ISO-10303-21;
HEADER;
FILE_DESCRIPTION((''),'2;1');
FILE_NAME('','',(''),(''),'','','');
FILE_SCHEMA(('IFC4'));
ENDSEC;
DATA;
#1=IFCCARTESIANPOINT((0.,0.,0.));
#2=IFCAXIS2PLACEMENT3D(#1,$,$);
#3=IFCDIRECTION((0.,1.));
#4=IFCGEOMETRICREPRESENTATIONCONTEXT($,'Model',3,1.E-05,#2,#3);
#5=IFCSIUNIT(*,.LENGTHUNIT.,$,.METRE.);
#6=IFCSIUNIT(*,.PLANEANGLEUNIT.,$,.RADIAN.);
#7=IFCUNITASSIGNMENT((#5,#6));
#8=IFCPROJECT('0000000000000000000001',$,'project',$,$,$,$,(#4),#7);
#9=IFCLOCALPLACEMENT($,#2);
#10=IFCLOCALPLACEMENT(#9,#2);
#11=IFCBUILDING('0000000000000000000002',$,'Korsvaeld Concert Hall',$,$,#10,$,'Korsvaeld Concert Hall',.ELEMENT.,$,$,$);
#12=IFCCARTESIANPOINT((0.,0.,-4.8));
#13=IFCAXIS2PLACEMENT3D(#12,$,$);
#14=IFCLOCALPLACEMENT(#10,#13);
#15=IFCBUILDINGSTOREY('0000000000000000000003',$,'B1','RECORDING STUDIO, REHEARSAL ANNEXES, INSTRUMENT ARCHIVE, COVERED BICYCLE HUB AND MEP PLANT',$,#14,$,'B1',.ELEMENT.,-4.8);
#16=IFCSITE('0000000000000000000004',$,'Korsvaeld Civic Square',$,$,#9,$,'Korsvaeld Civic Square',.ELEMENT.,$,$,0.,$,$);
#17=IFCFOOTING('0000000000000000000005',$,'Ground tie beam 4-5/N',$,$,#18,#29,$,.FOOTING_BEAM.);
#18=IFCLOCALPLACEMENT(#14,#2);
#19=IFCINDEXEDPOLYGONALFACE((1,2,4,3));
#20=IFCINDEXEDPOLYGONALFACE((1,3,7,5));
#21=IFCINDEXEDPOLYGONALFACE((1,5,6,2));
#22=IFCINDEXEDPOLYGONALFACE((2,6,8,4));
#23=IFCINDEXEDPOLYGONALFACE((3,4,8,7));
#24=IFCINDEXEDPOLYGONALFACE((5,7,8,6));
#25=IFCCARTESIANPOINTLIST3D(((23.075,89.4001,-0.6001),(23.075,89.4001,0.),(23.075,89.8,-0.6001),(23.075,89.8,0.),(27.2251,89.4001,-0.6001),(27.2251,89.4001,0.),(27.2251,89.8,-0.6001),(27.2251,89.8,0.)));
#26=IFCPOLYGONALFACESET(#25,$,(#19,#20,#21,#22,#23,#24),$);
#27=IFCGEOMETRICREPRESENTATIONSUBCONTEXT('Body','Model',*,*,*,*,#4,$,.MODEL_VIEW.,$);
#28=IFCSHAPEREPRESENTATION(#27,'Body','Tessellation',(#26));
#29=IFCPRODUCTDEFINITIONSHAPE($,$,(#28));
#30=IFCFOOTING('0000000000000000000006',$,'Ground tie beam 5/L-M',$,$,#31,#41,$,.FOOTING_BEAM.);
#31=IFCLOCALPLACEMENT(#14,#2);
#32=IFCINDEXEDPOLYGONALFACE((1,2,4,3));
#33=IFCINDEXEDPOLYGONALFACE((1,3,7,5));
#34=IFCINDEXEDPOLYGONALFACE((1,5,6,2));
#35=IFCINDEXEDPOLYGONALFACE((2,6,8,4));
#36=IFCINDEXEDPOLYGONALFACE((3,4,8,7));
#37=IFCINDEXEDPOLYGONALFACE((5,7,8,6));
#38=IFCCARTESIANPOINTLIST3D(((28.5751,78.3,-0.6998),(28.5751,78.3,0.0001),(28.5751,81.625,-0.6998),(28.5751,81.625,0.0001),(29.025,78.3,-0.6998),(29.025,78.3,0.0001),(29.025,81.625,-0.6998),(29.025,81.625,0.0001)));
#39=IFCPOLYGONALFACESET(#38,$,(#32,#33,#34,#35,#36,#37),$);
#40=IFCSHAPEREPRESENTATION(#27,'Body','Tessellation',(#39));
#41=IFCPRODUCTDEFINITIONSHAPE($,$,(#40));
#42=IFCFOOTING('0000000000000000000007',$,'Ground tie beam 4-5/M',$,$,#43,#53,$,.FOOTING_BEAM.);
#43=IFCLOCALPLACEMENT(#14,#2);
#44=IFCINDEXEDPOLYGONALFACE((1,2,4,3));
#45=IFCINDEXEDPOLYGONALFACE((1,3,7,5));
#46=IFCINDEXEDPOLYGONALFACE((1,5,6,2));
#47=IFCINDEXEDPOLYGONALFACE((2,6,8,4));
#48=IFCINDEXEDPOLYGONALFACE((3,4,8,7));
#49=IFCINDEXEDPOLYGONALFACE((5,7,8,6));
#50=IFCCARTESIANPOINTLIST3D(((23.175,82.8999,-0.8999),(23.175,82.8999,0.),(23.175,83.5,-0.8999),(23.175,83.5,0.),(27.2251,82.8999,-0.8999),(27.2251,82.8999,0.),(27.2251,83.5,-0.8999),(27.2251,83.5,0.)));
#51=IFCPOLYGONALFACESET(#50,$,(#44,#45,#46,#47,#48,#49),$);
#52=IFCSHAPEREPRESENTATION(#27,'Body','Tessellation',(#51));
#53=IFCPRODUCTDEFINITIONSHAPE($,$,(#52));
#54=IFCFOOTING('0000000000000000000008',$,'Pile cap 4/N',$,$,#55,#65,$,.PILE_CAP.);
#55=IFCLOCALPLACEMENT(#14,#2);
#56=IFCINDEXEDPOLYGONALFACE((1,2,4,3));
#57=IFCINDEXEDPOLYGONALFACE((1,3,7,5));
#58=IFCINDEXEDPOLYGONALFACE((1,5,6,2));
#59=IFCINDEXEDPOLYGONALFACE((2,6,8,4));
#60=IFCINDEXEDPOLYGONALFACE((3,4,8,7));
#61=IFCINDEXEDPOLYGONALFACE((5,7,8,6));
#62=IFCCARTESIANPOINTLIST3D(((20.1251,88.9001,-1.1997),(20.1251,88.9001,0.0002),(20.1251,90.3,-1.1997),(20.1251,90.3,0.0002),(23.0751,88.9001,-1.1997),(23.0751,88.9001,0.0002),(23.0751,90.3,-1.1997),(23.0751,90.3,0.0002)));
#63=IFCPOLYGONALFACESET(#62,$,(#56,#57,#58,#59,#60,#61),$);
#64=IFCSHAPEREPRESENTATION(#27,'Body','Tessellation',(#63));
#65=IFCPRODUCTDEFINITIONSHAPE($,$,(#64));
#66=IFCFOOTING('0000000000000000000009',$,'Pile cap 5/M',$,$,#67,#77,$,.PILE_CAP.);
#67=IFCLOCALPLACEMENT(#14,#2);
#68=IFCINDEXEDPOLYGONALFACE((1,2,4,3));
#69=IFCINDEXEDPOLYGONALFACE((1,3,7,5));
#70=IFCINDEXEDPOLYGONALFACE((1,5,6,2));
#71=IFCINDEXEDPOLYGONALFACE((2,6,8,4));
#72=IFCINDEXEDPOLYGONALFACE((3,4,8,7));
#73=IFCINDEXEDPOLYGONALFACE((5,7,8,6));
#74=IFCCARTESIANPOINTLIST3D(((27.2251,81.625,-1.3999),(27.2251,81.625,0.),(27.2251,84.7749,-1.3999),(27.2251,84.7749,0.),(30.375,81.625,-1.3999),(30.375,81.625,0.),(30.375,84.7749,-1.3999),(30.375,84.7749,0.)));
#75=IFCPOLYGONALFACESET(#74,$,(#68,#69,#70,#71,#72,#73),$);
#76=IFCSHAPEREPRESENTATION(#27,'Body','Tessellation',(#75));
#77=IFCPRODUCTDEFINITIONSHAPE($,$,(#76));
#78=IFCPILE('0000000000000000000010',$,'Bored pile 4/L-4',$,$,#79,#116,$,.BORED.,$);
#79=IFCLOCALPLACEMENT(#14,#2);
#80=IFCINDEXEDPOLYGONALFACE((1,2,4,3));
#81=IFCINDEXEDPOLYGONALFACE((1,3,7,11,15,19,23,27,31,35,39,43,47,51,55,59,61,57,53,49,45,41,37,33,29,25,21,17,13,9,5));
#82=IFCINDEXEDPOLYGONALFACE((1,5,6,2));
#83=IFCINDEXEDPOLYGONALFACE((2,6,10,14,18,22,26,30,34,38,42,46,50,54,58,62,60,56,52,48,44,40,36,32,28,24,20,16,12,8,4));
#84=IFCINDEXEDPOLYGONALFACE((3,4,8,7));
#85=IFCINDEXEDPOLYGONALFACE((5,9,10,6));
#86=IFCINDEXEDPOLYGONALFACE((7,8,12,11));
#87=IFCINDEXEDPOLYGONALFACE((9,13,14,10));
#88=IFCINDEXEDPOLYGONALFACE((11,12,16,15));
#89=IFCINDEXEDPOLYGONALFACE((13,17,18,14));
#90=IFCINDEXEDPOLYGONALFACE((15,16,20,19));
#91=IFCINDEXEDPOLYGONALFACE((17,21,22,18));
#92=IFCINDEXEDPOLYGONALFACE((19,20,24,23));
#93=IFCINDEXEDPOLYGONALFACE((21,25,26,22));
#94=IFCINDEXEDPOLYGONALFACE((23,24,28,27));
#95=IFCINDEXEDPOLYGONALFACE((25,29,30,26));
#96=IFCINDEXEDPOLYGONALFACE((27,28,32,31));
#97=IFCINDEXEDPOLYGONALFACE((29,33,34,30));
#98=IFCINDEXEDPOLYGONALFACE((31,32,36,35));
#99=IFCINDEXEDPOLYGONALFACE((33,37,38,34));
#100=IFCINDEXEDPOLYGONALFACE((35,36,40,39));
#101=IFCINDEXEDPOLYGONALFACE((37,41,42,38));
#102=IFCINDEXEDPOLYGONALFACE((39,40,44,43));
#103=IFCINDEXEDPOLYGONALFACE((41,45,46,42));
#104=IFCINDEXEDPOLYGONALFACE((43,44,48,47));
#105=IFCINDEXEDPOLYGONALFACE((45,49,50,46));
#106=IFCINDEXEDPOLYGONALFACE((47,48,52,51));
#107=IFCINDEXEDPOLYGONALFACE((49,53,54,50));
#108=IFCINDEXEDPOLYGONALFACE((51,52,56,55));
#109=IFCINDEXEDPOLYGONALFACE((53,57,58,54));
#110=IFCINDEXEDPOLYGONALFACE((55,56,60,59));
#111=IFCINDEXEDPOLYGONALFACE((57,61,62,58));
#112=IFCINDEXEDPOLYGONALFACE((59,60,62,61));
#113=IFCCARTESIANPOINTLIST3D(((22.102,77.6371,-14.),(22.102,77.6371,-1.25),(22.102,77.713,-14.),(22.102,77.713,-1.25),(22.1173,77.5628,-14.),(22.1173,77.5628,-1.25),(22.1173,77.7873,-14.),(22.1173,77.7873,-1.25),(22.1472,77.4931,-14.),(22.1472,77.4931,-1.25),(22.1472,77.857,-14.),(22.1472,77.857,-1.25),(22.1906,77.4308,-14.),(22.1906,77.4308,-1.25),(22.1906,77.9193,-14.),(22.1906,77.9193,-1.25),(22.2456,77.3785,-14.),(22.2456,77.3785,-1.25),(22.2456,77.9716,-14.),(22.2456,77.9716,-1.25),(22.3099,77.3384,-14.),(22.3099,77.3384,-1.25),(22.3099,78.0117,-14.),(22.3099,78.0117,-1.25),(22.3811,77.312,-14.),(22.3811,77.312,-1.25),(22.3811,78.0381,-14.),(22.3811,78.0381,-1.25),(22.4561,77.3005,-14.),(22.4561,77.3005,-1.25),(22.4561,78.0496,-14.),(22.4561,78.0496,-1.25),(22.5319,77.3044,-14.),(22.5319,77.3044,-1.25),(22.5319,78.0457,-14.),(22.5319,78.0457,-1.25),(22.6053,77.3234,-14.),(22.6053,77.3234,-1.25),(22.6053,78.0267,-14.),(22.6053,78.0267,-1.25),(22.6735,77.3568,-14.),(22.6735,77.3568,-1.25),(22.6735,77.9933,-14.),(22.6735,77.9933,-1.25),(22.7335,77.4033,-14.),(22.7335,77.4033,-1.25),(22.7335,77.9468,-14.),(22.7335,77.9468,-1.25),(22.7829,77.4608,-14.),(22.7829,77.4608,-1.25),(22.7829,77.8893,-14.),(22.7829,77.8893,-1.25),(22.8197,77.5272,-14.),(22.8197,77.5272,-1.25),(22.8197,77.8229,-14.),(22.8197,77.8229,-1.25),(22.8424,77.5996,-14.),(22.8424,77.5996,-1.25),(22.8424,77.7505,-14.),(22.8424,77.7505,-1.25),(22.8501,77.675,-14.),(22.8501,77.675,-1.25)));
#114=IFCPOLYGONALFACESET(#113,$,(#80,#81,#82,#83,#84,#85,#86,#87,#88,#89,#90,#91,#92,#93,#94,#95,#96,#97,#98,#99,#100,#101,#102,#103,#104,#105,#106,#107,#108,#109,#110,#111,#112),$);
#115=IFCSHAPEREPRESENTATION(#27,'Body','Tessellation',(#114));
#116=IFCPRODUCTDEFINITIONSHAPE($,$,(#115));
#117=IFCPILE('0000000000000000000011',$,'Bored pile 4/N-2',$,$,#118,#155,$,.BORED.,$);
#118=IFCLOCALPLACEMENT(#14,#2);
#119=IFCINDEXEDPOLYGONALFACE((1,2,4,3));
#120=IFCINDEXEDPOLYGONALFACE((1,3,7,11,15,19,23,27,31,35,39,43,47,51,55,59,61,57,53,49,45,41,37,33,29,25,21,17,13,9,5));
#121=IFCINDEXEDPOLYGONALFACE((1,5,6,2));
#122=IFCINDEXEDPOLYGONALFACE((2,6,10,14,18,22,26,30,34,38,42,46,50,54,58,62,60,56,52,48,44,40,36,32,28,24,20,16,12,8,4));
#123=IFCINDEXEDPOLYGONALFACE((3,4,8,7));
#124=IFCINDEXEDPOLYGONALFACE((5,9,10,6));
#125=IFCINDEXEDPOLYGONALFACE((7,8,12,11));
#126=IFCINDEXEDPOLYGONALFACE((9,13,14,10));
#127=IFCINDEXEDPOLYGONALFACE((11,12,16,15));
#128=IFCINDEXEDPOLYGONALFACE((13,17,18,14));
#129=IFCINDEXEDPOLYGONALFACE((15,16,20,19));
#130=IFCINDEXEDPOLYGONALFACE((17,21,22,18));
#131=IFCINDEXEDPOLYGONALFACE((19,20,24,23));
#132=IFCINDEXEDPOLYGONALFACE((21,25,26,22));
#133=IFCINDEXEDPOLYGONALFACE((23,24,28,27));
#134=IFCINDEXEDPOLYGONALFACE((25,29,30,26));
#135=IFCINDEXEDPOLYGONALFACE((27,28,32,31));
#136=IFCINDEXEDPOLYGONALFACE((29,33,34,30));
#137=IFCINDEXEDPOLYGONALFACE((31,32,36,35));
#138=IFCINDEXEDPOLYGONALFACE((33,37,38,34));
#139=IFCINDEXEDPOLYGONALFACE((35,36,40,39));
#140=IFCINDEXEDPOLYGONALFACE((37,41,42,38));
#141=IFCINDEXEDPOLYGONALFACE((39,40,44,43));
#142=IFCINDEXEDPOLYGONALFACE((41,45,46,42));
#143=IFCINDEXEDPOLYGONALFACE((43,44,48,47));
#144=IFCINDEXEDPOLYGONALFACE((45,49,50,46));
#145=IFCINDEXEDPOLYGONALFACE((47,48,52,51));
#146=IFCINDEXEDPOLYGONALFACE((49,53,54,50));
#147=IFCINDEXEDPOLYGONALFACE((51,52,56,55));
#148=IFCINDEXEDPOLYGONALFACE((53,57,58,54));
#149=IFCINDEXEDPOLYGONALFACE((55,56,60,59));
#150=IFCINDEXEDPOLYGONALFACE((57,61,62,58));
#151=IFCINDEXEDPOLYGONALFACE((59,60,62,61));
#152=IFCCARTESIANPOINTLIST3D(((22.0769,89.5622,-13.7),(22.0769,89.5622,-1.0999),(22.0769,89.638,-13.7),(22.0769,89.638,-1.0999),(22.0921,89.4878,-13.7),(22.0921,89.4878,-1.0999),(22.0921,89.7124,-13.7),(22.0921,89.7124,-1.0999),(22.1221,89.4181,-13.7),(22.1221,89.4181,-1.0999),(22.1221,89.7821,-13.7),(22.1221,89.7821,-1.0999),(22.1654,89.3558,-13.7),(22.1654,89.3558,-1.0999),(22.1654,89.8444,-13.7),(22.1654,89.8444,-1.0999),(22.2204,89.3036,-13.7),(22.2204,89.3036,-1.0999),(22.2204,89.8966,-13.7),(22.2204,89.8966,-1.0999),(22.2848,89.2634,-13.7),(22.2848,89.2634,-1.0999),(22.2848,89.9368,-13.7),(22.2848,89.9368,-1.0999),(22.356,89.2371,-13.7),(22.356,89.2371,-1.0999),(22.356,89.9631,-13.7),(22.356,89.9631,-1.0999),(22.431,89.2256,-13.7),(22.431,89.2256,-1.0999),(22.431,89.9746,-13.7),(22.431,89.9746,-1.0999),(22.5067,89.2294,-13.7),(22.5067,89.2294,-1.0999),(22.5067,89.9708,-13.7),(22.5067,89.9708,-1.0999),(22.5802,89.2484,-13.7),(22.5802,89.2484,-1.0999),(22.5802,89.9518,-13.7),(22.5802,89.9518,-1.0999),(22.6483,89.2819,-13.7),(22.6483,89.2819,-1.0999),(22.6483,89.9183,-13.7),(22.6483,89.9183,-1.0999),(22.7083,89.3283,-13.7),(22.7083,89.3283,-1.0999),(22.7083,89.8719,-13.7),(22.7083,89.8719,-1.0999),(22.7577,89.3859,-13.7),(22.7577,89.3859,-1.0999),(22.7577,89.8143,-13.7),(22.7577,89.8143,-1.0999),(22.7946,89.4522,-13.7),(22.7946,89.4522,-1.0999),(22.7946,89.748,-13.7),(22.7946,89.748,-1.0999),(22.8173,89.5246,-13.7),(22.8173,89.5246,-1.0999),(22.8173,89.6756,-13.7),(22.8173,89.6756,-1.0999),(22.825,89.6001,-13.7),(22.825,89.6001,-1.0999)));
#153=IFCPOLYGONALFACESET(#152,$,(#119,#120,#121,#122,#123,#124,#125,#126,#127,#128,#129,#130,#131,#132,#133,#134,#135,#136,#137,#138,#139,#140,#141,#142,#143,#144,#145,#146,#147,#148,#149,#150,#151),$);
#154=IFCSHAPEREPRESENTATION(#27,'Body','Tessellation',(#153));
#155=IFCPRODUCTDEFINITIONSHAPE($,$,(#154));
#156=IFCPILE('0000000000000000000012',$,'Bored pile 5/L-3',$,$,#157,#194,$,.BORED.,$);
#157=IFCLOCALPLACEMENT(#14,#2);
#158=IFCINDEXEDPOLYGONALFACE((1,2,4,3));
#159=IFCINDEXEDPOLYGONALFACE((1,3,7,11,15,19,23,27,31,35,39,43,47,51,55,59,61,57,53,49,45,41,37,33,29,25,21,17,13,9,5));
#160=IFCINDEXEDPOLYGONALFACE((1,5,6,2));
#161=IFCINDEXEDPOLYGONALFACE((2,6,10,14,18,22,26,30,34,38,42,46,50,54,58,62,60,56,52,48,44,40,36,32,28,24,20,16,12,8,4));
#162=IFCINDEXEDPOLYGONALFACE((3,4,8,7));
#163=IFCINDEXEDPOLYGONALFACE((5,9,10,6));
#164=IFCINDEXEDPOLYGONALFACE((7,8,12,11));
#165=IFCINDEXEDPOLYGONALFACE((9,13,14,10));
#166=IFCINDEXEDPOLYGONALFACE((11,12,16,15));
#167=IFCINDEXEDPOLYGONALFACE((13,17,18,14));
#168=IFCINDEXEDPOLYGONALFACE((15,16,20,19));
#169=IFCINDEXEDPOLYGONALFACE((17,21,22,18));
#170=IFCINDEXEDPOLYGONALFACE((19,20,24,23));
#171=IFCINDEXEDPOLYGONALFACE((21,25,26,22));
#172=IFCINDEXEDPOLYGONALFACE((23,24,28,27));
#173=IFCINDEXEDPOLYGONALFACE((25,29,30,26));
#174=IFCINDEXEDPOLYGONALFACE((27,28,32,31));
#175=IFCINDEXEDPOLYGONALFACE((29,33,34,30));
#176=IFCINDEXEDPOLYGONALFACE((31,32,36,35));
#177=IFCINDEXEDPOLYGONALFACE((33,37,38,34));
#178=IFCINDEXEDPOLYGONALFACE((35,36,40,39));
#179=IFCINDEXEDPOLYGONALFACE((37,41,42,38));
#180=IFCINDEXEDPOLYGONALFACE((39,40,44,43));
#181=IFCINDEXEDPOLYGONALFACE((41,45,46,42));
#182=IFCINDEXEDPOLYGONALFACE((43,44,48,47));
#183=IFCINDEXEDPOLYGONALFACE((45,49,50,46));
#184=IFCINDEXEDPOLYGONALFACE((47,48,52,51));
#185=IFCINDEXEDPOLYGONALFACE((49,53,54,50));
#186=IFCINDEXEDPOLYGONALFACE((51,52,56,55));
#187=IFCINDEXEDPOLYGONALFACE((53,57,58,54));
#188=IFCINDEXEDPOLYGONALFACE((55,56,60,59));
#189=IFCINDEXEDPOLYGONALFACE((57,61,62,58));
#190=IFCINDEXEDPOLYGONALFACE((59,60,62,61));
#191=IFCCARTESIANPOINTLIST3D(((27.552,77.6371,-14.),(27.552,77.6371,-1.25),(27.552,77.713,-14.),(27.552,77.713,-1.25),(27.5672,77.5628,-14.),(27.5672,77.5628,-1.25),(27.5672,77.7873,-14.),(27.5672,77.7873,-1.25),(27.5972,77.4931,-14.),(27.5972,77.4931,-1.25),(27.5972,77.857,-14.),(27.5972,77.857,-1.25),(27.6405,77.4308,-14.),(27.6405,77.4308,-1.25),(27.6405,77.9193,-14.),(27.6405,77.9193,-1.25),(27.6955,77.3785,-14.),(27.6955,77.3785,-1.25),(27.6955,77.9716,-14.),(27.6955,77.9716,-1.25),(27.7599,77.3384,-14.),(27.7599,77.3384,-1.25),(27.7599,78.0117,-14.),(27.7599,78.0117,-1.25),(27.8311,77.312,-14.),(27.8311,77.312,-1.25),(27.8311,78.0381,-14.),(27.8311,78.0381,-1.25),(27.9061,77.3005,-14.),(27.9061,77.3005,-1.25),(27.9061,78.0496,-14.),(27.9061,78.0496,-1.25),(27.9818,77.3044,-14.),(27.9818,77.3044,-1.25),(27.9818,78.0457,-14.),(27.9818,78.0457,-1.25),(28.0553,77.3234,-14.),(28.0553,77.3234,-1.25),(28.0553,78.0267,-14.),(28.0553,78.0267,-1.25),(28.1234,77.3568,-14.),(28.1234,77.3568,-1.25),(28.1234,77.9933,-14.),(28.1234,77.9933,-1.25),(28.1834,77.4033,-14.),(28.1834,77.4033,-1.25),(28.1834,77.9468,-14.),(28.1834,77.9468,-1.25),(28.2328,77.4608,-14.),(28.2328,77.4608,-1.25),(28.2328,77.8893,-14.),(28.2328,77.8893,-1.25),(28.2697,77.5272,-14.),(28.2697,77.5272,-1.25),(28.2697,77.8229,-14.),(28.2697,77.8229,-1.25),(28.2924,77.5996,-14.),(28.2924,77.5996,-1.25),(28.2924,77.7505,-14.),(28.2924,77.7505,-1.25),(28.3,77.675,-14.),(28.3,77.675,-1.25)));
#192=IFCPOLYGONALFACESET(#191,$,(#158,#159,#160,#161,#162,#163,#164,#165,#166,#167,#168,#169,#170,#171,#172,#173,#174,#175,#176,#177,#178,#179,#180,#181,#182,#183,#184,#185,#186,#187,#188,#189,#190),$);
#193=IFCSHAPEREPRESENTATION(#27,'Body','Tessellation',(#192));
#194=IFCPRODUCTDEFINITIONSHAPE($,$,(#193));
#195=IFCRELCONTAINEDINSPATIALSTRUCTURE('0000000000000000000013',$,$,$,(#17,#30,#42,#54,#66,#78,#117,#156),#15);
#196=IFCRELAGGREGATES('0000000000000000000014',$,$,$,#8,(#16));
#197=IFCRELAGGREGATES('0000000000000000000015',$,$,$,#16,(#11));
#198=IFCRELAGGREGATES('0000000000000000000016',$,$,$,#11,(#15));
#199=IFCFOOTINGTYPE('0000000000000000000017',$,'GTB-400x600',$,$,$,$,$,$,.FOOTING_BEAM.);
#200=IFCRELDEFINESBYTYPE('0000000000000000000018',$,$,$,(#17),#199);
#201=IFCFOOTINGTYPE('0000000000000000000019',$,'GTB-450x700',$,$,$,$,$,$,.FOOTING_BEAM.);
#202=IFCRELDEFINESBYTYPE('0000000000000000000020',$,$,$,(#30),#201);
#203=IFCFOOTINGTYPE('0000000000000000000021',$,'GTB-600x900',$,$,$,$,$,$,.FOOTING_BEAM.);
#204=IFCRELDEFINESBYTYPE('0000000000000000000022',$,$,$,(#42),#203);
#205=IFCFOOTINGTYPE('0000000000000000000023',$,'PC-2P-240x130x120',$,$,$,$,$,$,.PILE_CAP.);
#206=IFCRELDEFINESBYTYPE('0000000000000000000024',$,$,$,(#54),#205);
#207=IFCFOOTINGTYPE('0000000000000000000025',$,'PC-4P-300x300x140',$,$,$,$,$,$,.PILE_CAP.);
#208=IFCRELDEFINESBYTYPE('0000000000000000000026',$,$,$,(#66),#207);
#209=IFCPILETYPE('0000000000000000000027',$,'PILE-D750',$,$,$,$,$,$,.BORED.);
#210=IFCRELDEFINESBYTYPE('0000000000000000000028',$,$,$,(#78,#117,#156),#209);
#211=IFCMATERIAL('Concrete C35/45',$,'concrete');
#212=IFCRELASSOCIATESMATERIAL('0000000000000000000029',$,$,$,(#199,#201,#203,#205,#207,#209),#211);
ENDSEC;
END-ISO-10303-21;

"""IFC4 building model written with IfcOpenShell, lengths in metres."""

from ifc_helpers import new_model, si_unit, direction, frame, origin, origin_2d, place, context, subcontext, project, spatial, rectangle, circle, extrude, material, material_profile, profile_set, type_object, element, save


model = new_model("IFC4")

# Units and contexts
model_context = context("Model", 3, precision=1e-05, world=origin(), true_north=direction((0.0, 1.0)))
body_context = subcontext(model_context, "Body", "Model", "MODEL_VIEW")
ifc_project = project(units=[si_unit("LENGTHUNIT", "METRE"), si_unit("PLANEANGLEUNIT", "RADIAN")], contexts=[model_context])

# Site, building, storey
site_placement = place(None, origin())
site = spatial("IfcSite", under=ifc_project, at=site_placement, Name="Korsvaeld Civic Square", LongName="Korsvaeld Civic Square", CompositionType="ELEMENT", RefElevation=0.0)
building_placement = place(site_placement, origin())
building = spatial("IfcBuilding", under=site, at=building_placement, Name="Korsvaeld Concert Hall", LongName="Korsvaeld Concert Hall", CompositionType="ELEMENT")
storey_placement = place(building_placement, frame((0.0, 0.0, -4.8)))
storey = spatial("IfcBuildingStorey", under=building, at=storey_placement, Name="B1", Description="RECORDING STUDIO, REHEARSAL ANNEXES, INSTRUMENT ARCHIVE, COVERED BICYCLE HUB AND MEP PLANT", LongName="B1", CompositionType="ELEMENT", Elevation=-4.8)

# Footings
ifc_material_1 = material(Name="Concrete C35/45", Category="concrete")
ifc_material_profile_1 = material_profile(ifc_material_1, rectangle(XDim=0.3999, YDim=0.6001, at=origin_2d()), Name="GTB 400x600")
ifc_profile_set_1 = profile_set([ifc_material_profile_1], Name="Concrete C35/45")
footing_type_1 = type_object("IfcFootingType", Name="GTB-400x600", PredefinedType="FOOTING_BEAM", material=ifc_profile_set_1)
footing_1_placement = place(storey_placement, frame((23.075, 89.6001, -0.3), z_axis=(1.0, 0.0, 0.0), x_axis=(0.0, 1.0, 0.0)))
element("IfcFooting", 1, at=footing_1_placement, inside=storey, type_object=footing_type_1, Name="Ground tie beam 4-5/N", PredefinedType="FOOTING_BEAM", context=body_context, shape_type="SweptSolid", body=[
    extrude(rectangle(XDim=0.3999, YDim=0.6001, at=origin_2d()), origin(), (0.0, 0.0, 1.0), 4.1501),
])
ifc_material_profile_2 = material_profile(ifc_material_1, rectangle(XDim=0.45, YDim=0.7, at=origin_2d()), Name="GTB 450x700")
ifc_profile_set_2 = profile_set([ifc_material_profile_2], Name="Concrete C35/45")
footing_type_2 = type_object("IfcFootingType", Name="GTB-450x700", PredefinedType="FOOTING_BEAM", material=ifc_profile_set_2)
footing_2_placement = place(storey_placement, frame((28.8, 78.3, -0.3499), z_axis=(0.0, 1.0, 0.0), x_axis=(-1.0, 0.0, 0.0)))
element("IfcFooting", 2, at=footing_2_placement, inside=storey, type_object=footing_type_2, Name="Ground tie beam 5/L-M", PredefinedType="FOOTING_BEAM", context=body_context, shape_type="SweptSolid", body=[
    extrude(rectangle(XDim=0.45, YDim=0.7, at=origin_2d()), origin(), (0.0, 0.0, 1.0), 3.325),
])
ifc_material_profile_3 = material_profile(ifc_material_1, rectangle(XDim=0.6001, YDim=0.8999, at=origin_2d()), Name="GTB 600x900")
ifc_profile_set_3 = profile_set([ifc_material_profile_3], Name="Concrete C35/45")
footing_type_3 = type_object("IfcFootingType", Name="GTB-600x900", PredefinedType="FOOTING_BEAM", material=ifc_profile_set_3)
footing_3_placement = place(storey_placement, frame((23.175, 83.2, -0.45), z_axis=(1.0, 0.0, 0.0), x_axis=(0.0, 1.0, 0.0)))
element("IfcFooting", 3, at=footing_3_placement, inside=storey, type_object=footing_type_3, Name="Ground tie beam 4-5/M", PredefinedType="FOOTING_BEAM", context=body_context, shape_type="SweptSolid", body=[
    extrude(rectangle(XDim=0.6001, YDim=0.8999, at=origin_2d()), origin(), (0.0, 0.0, 1.0), 4.05),
])
footing_type_4 = type_object("IfcFootingType", Name="PC-2P-240x130x120", PredefinedType="PILE_CAP", material=ifc_material_1)
footing_4_placement = place(storey_placement, frame((21.6001, 89.6001, -1.1997), z_axis=(0.0, 0.0, 1.0), x_axis=(1.0, 0.0, 0.0)))
element("IfcFooting", 4, at=footing_4_placement, inside=storey, type_object=footing_type_4, Name="Pile cap 4/N", PredefinedType="PILE_CAP", context=body_context, shape_type="SweptSolid", body=[
    extrude(rectangle(XDim=2.95, YDim=1.3999, at=origin_2d()), origin(), (0.0, 0.0, 1.0), 1.2),
])
footing_type_5 = type_object("IfcFootingType", Name="PC-4P-300x300x140", PredefinedType="PILE_CAP", material=ifc_material_1)
footing_5_placement = place(storey_placement, frame((28.8, 83.2, -1.3999), z_axis=(0.0, 0.0, 1.0), x_axis=(1.0, 0.0, 0.0)))
element("IfcFooting", 5, at=footing_5_placement, inside=storey, type_object=footing_type_5, Name="Pile cap 5/M", PredefinedType="PILE_CAP", context=body_context, shape_type="SweptSolid", body=[
    extrude(rectangle(XDim=3.1499, YDim=3.1499, at=origin_2d()), origin(), (0.0, 0.0, 1.0), 1.3999),
])

# Piles
ifc_material_profile_4 = material_profile(ifc_material_1, circle(Radius=0.375, at=origin_2d()), Name="BORED PILE D750")
ifc_profile_set_4 = profile_set([ifc_material_profile_4], Name="Concrete C35/45")
pile_type_1 = type_object("IfcPileType", Name="PILE-D750", PredefinedType="BORED", material=ifc_profile_set_4)
pile_1_placement = place(storey_placement, frame((22.4751, 77.675, -1.25), z_axis=(0.0, 0.0, -1.0), x_axis=(1.0, 0.0, 0.0)))
element("IfcPile", 6, at=pile_1_placement, inside=storey, type_object=pile_type_1, Name="Bored pile 4/L-4", PredefinedType="BORED", context=body_context, shape_type="SweptSolid", body=[
    extrude(circle(Radius=0.375, at=origin_2d()), origin(), (0.0, 0.0, 1.0), 12.75),
])
pile_2_placement = place(storey_placement, frame((22.45, 89.6001, -1.0999), z_axis=(0.0, 0.0, -1.0), x_axis=(1.0, 0.0, 0.0)))
element("IfcPile", 7, at=pile_2_placement, inside=storey, type_object=pile_type_1, Name="Bored pile 4/N-2", PredefinedType="BORED", context=body_context, shape_type="SweptSolid", body=[
    extrude(circle(Radius=0.375, at=origin_2d()), origin(), (0.0, 0.0, 1.0), 12.6001),
])
pile_3_placement = place(storey_placement, frame((27.925, 77.675, -1.25), z_axis=(0.0, 0.0, -1.0), x_axis=(1.0, 0.0, 0.0)))
element("IfcPile", 8, at=pile_3_placement, inside=storey, type_object=pile_type_1, Name="Bored pile 5/L-3", PredefinedType="BORED", context=body_context, shape_type="SweptSolid", body=[
    extrude(circle(Radius=0.375, at=origin_2d()), origin(), (0.0, 0.0, 1.0), 12.75),
])

save(model, "model.ifc")
